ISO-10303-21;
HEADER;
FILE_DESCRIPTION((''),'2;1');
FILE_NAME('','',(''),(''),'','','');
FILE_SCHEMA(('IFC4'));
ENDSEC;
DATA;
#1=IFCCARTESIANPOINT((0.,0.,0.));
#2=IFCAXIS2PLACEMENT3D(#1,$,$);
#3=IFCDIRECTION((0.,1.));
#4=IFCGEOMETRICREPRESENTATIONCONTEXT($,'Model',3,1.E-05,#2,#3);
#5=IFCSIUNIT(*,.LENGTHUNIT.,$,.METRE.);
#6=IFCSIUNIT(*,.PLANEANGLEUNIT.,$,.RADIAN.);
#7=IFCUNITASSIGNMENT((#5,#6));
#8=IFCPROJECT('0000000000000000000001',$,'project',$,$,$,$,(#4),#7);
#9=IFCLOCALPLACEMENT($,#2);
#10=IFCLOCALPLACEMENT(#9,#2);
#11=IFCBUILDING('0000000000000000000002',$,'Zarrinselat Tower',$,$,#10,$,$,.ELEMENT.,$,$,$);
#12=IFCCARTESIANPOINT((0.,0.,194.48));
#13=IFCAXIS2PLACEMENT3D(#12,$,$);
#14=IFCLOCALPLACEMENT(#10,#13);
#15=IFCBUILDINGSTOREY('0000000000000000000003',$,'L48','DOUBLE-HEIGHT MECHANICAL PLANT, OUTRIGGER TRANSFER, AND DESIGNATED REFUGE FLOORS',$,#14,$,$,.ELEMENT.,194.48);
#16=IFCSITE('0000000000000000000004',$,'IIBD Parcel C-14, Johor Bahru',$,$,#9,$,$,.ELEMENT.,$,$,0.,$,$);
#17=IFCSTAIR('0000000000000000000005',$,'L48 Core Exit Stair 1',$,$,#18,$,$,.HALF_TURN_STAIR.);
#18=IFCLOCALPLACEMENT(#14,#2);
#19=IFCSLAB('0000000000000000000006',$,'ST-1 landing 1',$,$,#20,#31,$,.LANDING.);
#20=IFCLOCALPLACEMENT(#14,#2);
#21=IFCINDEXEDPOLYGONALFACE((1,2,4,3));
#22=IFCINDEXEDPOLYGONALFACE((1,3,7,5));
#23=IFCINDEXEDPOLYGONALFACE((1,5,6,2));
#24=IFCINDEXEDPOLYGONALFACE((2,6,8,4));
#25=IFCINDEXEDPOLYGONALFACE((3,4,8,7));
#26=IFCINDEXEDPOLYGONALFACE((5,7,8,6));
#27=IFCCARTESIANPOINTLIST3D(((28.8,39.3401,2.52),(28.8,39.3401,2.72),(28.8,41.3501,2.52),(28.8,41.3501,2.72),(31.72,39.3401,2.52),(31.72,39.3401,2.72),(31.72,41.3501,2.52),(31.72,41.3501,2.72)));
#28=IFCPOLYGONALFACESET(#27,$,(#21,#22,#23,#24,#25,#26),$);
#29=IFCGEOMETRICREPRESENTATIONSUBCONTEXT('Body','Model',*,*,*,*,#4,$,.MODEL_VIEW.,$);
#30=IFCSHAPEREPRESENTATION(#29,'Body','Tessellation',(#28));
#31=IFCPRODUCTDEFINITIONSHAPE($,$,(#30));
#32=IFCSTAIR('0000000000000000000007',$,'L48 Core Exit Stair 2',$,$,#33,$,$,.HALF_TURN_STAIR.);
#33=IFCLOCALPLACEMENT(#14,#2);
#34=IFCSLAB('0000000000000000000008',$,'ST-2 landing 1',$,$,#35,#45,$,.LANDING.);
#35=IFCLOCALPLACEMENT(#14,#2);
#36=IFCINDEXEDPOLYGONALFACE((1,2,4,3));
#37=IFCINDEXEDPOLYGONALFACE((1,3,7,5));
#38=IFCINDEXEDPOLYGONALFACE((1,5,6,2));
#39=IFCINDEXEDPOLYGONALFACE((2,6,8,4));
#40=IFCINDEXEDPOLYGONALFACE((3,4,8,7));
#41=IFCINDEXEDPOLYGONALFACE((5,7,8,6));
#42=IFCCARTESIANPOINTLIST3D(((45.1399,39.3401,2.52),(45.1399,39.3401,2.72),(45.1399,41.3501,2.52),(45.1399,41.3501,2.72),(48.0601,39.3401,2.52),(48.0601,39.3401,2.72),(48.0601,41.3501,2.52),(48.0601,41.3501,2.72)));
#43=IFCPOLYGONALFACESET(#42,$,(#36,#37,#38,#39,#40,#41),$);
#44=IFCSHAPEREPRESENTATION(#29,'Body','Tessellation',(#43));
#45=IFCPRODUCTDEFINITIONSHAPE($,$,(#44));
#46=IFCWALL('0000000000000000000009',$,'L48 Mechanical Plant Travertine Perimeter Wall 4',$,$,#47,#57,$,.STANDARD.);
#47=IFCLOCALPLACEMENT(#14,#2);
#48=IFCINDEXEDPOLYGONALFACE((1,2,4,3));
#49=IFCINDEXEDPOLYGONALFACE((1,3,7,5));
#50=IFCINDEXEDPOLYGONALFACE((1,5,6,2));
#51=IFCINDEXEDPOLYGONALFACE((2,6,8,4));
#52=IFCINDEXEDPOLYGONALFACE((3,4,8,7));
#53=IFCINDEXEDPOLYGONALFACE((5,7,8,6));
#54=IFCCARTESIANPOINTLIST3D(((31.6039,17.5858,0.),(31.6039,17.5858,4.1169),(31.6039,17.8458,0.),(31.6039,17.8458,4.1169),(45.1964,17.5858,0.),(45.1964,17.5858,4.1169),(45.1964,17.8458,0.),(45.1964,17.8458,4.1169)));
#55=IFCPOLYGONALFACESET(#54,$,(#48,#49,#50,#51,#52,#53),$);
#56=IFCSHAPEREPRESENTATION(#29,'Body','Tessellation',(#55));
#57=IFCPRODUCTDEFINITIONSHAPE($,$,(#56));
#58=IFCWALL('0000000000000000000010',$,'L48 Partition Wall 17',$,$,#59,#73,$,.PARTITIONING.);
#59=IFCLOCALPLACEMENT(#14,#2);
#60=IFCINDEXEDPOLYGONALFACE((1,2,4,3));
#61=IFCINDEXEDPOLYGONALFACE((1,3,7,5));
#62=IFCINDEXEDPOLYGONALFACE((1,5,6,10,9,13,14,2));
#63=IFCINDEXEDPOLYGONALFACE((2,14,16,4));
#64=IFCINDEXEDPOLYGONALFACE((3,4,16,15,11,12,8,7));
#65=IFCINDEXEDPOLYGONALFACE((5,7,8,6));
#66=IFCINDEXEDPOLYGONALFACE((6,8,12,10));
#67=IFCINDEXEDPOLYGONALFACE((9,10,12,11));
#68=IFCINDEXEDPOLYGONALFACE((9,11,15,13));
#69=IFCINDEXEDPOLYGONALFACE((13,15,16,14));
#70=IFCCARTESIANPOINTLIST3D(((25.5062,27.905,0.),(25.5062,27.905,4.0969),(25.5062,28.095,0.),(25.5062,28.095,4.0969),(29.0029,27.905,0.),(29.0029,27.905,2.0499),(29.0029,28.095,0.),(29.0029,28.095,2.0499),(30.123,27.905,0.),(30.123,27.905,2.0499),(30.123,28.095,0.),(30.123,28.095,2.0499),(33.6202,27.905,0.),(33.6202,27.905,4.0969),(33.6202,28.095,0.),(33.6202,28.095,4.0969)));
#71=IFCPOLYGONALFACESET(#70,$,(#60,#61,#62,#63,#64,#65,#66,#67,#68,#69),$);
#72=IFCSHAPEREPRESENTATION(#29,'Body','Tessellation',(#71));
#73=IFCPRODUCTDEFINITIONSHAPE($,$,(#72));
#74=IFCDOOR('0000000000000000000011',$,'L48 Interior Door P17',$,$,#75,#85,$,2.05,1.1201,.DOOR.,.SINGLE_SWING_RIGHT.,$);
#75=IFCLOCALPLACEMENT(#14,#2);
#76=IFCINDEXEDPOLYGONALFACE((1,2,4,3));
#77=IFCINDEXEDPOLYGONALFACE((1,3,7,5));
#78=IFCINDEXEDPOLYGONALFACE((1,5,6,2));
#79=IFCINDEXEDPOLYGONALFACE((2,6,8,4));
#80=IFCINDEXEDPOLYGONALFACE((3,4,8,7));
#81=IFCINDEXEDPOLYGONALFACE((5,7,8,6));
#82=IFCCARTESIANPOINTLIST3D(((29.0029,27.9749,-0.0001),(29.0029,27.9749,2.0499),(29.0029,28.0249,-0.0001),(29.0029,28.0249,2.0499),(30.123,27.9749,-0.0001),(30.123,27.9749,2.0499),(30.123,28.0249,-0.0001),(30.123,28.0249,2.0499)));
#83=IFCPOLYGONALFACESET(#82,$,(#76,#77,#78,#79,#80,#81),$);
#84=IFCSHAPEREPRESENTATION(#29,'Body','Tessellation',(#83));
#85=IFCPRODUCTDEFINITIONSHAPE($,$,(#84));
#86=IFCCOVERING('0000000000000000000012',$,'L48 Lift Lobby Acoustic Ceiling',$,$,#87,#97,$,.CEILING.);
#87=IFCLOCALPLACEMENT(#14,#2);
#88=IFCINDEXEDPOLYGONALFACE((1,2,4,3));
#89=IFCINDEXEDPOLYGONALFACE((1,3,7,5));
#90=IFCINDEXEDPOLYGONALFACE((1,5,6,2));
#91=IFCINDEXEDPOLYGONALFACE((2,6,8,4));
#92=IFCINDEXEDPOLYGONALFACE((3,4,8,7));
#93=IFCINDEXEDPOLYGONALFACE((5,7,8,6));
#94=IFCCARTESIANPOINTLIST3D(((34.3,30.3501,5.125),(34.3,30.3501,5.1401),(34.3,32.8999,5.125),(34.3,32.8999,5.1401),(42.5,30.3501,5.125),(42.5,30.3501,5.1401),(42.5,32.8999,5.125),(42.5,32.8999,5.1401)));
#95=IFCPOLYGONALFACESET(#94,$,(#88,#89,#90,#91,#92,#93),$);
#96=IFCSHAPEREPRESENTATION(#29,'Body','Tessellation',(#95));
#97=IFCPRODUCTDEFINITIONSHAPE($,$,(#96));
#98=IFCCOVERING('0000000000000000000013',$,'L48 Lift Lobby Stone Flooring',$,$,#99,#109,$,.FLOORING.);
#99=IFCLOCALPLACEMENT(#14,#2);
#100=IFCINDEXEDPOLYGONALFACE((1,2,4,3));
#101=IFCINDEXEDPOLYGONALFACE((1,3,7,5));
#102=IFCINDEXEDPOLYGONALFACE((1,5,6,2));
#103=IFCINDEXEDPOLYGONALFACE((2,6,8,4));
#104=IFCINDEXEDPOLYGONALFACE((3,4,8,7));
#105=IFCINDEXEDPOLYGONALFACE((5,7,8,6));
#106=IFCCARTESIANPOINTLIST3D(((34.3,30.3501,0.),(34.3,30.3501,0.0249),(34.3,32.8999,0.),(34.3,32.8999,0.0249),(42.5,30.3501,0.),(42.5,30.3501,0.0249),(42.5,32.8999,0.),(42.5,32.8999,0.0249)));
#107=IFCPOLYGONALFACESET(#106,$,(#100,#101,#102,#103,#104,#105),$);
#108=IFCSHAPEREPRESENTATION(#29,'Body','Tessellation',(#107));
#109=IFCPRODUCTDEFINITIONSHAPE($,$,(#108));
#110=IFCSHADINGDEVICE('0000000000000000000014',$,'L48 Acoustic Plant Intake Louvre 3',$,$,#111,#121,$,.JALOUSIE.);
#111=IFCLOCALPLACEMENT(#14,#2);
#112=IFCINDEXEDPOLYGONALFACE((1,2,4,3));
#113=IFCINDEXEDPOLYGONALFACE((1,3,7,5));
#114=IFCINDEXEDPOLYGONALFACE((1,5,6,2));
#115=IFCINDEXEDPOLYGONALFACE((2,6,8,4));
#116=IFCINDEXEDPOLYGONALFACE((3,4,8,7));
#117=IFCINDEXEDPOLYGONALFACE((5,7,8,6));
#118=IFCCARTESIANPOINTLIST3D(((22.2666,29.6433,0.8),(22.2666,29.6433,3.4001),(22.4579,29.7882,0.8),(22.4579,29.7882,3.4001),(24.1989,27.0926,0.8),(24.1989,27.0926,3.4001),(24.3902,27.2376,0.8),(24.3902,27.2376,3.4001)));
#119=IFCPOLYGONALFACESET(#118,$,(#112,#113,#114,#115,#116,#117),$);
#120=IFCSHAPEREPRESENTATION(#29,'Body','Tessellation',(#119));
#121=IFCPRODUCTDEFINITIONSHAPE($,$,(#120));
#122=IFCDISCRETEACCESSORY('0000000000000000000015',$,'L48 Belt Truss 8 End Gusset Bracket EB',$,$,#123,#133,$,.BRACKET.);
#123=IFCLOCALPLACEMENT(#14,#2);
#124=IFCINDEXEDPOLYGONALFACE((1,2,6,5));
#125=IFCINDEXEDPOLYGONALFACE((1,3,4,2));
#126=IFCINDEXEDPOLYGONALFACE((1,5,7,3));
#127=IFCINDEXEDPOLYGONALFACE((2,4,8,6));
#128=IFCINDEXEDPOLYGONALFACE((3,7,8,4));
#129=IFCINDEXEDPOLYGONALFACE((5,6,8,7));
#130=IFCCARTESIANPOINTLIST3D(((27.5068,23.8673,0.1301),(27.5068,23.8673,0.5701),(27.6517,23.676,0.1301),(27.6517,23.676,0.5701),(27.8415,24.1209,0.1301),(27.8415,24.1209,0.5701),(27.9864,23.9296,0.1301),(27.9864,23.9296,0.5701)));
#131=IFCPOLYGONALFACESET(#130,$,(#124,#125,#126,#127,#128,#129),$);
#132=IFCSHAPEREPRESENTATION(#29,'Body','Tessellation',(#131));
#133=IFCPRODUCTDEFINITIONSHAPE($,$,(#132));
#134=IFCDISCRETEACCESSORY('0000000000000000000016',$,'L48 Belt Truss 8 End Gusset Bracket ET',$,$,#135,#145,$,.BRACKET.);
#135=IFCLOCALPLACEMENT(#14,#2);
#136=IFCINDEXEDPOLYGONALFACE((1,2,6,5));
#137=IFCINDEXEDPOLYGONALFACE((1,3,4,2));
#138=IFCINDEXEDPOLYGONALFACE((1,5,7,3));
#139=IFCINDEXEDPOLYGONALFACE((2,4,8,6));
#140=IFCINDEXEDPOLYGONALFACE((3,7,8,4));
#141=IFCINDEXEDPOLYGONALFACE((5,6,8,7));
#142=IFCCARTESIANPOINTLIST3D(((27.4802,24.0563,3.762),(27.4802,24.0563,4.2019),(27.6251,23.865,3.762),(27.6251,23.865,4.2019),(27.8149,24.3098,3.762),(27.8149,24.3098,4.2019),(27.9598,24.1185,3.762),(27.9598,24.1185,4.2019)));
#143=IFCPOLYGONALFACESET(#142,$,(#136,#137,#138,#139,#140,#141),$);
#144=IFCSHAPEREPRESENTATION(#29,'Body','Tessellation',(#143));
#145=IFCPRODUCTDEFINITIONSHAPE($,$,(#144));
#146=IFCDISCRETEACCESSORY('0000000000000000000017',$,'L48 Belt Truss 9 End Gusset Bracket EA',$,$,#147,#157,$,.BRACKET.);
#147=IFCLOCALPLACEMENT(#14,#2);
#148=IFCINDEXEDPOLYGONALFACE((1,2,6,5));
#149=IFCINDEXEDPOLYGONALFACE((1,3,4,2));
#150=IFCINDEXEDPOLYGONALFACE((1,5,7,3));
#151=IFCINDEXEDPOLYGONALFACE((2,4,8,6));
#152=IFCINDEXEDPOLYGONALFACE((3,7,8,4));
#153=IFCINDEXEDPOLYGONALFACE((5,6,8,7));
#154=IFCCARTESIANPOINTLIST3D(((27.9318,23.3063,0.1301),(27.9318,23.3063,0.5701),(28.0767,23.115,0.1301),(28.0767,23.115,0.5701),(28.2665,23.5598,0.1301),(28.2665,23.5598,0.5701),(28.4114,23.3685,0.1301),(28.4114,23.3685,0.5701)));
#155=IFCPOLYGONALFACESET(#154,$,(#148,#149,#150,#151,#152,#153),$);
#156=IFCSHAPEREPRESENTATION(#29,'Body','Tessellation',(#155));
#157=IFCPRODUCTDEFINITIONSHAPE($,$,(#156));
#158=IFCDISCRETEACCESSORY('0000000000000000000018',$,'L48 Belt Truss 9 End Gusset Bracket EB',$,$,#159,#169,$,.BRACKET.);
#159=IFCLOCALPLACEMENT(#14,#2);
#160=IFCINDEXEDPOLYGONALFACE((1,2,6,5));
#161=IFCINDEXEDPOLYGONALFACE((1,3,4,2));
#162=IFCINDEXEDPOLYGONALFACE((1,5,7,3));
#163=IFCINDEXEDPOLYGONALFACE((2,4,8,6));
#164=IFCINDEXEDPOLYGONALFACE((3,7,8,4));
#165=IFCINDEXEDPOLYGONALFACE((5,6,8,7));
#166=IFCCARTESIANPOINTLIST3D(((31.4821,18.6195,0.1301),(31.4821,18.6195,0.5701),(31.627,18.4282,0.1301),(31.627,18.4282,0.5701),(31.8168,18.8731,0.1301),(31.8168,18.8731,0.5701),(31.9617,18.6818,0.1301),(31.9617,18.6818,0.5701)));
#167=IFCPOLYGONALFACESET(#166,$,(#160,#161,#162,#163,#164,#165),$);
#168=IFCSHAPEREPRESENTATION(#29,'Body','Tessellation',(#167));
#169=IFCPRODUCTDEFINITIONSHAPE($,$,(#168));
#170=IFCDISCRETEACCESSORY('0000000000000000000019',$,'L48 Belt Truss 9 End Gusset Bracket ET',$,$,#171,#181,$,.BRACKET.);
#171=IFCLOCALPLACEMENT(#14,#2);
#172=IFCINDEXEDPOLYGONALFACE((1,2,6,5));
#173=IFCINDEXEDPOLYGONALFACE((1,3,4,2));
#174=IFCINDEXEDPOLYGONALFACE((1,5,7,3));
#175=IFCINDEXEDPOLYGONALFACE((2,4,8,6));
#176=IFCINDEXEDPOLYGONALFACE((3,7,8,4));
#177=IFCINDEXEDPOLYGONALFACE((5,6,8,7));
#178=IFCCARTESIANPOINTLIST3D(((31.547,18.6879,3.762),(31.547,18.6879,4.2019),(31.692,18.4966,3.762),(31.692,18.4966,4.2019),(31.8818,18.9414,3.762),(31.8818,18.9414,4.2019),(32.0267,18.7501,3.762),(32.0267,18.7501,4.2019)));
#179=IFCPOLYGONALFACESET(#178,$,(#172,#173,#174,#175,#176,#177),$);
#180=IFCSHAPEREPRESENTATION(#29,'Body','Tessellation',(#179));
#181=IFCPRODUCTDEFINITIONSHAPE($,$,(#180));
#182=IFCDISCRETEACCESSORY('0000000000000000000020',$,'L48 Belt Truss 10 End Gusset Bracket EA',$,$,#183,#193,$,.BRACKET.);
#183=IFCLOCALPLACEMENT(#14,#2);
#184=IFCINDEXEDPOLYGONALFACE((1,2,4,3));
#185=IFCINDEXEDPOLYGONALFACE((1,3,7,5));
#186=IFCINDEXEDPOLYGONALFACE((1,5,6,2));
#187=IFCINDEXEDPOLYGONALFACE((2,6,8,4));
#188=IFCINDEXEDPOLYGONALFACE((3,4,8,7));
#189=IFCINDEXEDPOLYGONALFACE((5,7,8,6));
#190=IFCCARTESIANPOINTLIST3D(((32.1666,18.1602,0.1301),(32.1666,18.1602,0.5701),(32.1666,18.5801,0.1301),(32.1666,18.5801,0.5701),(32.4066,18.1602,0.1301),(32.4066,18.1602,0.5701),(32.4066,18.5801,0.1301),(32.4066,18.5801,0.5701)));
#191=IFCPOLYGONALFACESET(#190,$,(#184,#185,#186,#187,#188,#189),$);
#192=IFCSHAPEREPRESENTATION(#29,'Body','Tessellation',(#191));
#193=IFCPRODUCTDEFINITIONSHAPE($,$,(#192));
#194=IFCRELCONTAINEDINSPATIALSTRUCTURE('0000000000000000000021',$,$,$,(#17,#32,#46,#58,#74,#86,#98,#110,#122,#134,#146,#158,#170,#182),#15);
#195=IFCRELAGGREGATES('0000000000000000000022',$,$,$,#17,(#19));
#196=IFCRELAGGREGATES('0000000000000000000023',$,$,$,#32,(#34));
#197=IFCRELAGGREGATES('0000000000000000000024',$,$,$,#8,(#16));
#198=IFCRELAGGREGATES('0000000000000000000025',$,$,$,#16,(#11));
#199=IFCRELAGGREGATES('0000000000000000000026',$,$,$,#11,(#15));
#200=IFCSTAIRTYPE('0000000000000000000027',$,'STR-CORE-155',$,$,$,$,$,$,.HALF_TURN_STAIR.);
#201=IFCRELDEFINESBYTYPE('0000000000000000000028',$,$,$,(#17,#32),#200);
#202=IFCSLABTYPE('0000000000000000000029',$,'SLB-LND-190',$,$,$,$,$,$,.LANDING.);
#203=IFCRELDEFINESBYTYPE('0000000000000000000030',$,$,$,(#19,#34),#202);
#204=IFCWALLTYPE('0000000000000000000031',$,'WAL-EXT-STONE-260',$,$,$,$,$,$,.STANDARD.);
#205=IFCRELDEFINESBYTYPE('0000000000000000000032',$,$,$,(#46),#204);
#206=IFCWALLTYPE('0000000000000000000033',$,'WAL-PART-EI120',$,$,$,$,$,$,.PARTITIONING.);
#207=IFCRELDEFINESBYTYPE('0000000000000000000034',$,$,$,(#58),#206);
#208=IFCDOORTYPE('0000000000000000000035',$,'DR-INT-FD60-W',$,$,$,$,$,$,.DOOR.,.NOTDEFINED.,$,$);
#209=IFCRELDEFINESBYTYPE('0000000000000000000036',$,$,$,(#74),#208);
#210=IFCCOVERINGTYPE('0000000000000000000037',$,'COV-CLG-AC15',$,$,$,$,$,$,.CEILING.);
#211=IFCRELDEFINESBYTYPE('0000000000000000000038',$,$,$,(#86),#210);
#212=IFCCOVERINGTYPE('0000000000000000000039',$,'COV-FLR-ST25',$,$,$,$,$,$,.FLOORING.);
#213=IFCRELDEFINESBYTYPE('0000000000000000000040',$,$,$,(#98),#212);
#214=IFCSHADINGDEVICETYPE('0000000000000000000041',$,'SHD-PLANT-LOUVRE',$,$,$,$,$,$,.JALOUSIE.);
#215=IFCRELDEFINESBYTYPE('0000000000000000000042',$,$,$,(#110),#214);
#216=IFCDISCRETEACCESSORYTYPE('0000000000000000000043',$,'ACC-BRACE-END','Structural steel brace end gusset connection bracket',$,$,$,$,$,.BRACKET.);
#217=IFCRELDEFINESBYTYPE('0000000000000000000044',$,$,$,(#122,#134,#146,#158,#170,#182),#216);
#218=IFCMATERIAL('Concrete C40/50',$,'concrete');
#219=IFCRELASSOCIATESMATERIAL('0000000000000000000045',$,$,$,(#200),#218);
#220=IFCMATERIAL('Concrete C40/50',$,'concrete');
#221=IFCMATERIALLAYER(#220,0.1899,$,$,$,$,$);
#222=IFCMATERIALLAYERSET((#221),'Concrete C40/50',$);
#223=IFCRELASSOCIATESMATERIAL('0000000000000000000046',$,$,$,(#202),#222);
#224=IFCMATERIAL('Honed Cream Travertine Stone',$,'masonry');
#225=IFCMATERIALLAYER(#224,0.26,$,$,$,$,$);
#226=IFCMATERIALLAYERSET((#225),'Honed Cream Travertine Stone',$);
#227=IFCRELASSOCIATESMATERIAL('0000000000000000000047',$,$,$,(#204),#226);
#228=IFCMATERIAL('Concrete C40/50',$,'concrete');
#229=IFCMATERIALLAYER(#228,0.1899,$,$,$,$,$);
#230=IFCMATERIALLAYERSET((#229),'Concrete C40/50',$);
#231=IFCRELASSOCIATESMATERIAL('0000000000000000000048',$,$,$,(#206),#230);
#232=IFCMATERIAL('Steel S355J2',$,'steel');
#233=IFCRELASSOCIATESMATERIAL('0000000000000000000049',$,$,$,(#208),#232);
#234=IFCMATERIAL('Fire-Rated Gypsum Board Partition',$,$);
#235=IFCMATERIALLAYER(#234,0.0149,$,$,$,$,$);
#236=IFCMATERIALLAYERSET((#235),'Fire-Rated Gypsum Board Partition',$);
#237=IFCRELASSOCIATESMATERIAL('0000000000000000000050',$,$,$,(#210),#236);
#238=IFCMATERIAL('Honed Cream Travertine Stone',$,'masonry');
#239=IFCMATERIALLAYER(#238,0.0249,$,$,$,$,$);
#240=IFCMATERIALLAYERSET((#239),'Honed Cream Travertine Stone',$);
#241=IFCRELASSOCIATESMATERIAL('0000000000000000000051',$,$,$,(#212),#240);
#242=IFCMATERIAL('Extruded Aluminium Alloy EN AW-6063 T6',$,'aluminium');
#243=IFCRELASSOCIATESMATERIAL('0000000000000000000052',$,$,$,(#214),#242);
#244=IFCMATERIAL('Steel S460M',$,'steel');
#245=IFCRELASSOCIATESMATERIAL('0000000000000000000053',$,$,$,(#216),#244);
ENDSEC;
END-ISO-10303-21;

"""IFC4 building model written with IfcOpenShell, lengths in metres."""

from ifc_helpers import new_model, si_unit, direction, frame, frame_2d, origin, origin_2d, place, context, subcontext, project, spatial, polyline, rectangle, outline, extrude, material, layer, layer_set, type_object, element, fill, aggregate, save


model = new_model("IFC4")

# Units and contexts
model_context = context("Model", 3, precision=1e-05, world=origin(), true_north=direction((0.0, 1.0)))
body_context = subcontext(model_context, "Body", "Model", "MODEL_VIEW")
ifc_project = project(units=[si_unit("LENGTHUNIT", "METRE"), si_unit("PLANEANGLEUNIT", "RADIAN")], contexts=[model_context])

# Site, building, storey
site_placement = place(None, origin())
site = spatial("IfcSite", under=ifc_project, at=site_placement, Name="IIBD Parcel C-14, Johor Bahru", CompositionType="ELEMENT", RefElevation=0.0)
building_placement = place(site_placement, origin())
building = spatial("IfcBuilding", under=site, at=building_placement, Name="Zarrinselat Tower", CompositionType="ELEMENT")
storey_placement = place(building_placement, frame((0.0, 0.0, 194.48)))
storey = spatial("IfcBuildingStorey", under=building, at=storey_placement, Name="L48", Description="DOUBLE-HEIGHT MECHANICAL PLANT, OUTRIGGER TRANSFER, AND DESIGNATED REFUGE FLOORS", CompositionType="ELEMENT", Elevation=194.48)

# Stairs, slabs
ifc_material_1 = material(Name="Concrete C40/50", Category="concrete")
stair_type = type_object("IfcStairType", Name="STR-CORE-155", PredefinedType="HALF_TURN_STAIR", material=ifc_material_1)
stair_1_placement = place(storey_placement, origin())
stair_1 = element("IfcStair", 1, at=stair_1_placement, inside=storey, type_object=stair_type, Name="L48 Core Exit Stair 1", PredefinedType="HALF_TURN_STAIR")
ifc_material_2 = material(Name="Concrete C40/50", Category="concrete")
ifc_layer_1 = layer(ifc_material_2, 0.1899)
ifc_layer_set_1 = layer_set([ifc_layer_1], Name="Concrete C40/50")
slab_type_1 = type_object("IfcSlabType", Name="SLB-LND-190", PredefinedType="LANDING", material=ifc_layer_set_1)
slab_1_placement = place(storey_placement, frame((0.0, 0.0, 2.52)))
slab_1 = element("IfcSlab", 2, at=slab_1_placement, type_object=slab_type_1, Name="ST-1 landing 1", PredefinedType="LANDING", context=body_context, shape_type="SweptSolid", body=[
    extrude(outline(polyline([(31.72, 39.3401), (31.72, 41.3501), (28.8, 41.3501), (28.8, 39.3401), (31.72, 39.3401)])), origin(), (0.0, 0.0, 1.0), 0.2),
])
aggregate(stair_1, [slab_1])
stair_2_placement = place(storey_placement, origin())
stair_2 = element("IfcStair", 3, at=stair_2_placement, inside=storey, type_object=stair_type, Name="L48 Core Exit Stair 2", PredefinedType="HALF_TURN_STAIR")
slab_2_placement = place(storey_placement, frame((0.0, 0.0, 2.52)))
slab_2 = element("IfcSlab", 4, at=slab_2_placement, type_object=slab_type_1, Name="ST-2 landing 1", PredefinedType="LANDING", context=body_context, shape_type="SweptSolid", body=[
    extrude(outline(polyline([(48.0601, 39.3401), (48.0601, 41.3501), (45.1399, 41.3501), (45.1399, 39.3401), (48.0601, 39.3401)])), origin(), (0.0, 0.0, 1.0), 0.2),
])
aggregate(stair_2, [slab_2])

# Wall
ifc_material_3 = material(Name="Honed Cream Travertine Stone", Category="masonry")
ifc_layer_2 = layer(ifc_material_3, 0.26)
ifc_layer_set_2 = layer_set([ifc_layer_2], Name="Honed Cream Travertine Stone")
wall_type_1 = type_object("IfcWallType", Name="WAL-EXT-STONE-260", PredefinedType="STANDARD", material=ifc_layer_set_2)
wall_1_placement = place(storey_placement, frame((31.6038, 17.7158, 0.0), z_axis=(0.0, 0.0, 1.0), x_axis=(1.0, 0.0, 0.0)))
element("IfcWall", 5, at=wall_1_placement, inside=storey, type_object=wall_type_1, Name="L48 Mechanical Plant Travertine Perimeter Wall 4", PredefinedType="STANDARD", context=body_context, shape_type="SweptSolid", body=[
    extrude(rectangle(XDim=13.5925, YDim=0.26, at=frame_2d((6.7964, 0.0))), origin(), (0.0, 0.0, 1.0), 4.1169),
])

# Wall, opening, door
ifc_material_4 = material(Name="Concrete C40/50", Category="concrete")
ifc_layer_3 = layer(ifc_material_4, 0.1899)
ifc_layer_set_3 = layer_set([ifc_layer_3], Name="Concrete C40/50")
wall_type_2 = type_object("IfcWallType", Name="WAL-PART-EI120", PredefinedType="PARTITIONING", material=ifc_layer_set_3)
wall_2_placement = place(storey_placement, frame((25.5061, 28.0, 0.0), z_axis=(0.0, 0.0, 1.0), x_axis=(1.0, 0.0, 0.0)))
wall_2 = element("IfcWall", 6, at=wall_2_placement, inside=storey, type_object=wall_type_2, Name="L48 Partition Wall 17", PredefinedType="PARTITIONING", context=body_context, shape_type="SweptSolid", body=[
    extrude(rectangle(XDim=8.114, YDim=0.1899, at=frame_2d((4.0571, 0.0))), origin(), (0.0, 0.0, 1.0), 4.0969),
])
opening_placement = place(wall_2_placement, frame((3.4968, 0.0, 0.0)))
opening = element("IfcOpeningElement", 7, at=opening_placement, cuts=wall_2, PredefinedType="OPENING", context=body_context, shape_type="SweptSolid", body=[
    extrude(rectangle(XDim=1.1201, YDim=2.05, at=frame_2d((0.5601, 1.0249))), frame((0.0, 0.105, 0.0), z_axis=(0.0, -1.0, 0.0), x_axis=(1.0, 0.0, 0.0)), (0.0, 0.0, 1.0), 0.21),
])
ifc_material_5 = material(Name="Steel S355J2", Category="steel")
door_type = type_object("IfcDoorType", Name="DR-INT-FD60-W", OperationType="NOTDEFINED", PredefinedType="DOOR", material=ifc_material_5)
door_placement = place(opening_placement, origin())
door = element("IfcDoor", 8, at=door_placement, inside=storey, type_object=door_type, Name="L48 Interior Door P17", OperationType="SINGLE_SWING_RIGHT", OverallHeight=2.05, OverallWidth=1.1201, PredefinedType="DOOR", context=body_context, shape_type="SweptSolid", body=[
    extrude(rectangle(XDim=1.1201, YDim=2.05, at=frame_2d((0.5601, 1.0249))), frame((0.0, 0.0249, 0.0), z_axis=(0.0, -1.0, 0.0), x_axis=(1.0, 0.0, 0.0)), (0.0, 0.0, 1.0), 0.05),
])
fill(opening, door)

# Coverings
ifc_material_6 = material(Name="Fire-Rated Gypsum Board Partition")
ifc_layer_4 = layer(ifc_material_6, 0.0149)
ifc_layer_set_4 = layer_set([ifc_layer_4], Name="Fire-Rated Gypsum Board Partition")
covering_type_1 = type_object("IfcCoveringType", Name="COV-CLG-AC15", PredefinedType="CEILING", material=ifc_layer_set_4)
covering_1_placement = place(storey_placement, frame((0.0, 0.0, 5.125)))
element("IfcCovering", 9, at=covering_1_placement, inside=storey, type_object=covering_type_1, Name="L48 Lift Lobby Acoustic Ceiling", PredefinedType="CEILING", context=body_context, shape_type="SweptSolid", body=[
    extrude(outline(polyline([(34.3, 30.3501), (42.5, 30.3501), (42.5, 32.8999), (34.3, 32.8999), (34.3, 30.3501)])), origin(), (0.0, 0.0, 1.0), 0.0151),
])
ifc_material_7 = material(Name="Honed Cream Travertine Stone", Category="masonry")
ifc_layer_5 = layer(ifc_material_7, 0.0249)
ifc_layer_set_5 = layer_set([ifc_layer_5], Name="Honed Cream Travertine Stone")
covering_type_2 = type_object("IfcCoveringType", Name="COV-FLR-ST25", PredefinedType="FLOORING", material=ifc_layer_set_5)
covering_2_placement = place(storey_placement, origin())
element("IfcCovering", 10, at=covering_2_placement, inside=storey, type_object=covering_type_2, Name="L48 Lift Lobby Stone Flooring", PredefinedType="FLOORING", context=body_context, shape_type="SweptSolid", body=[
    extrude(outline(polyline([(34.3, 30.3501), (42.5, 30.3501), (42.5, 32.8999), (34.3, 32.8999), (34.3, 30.3501)])), origin(), (0.0, 0.0, 1.0), 0.0249),
])

# Shading device
ifc_material_8 = material(Name="Extruded Aluminium Alloy EN AW-6063 T6", Category="aluminium")
shading_device_type = type_object("IfcShadingDeviceType", Name="SHD-PLANT-LOUVRE", PredefinedType="JALOUSIE", material=ifc_material_8)
shading_device_placement = place(storey_placement, frame((23.3284, 28.4404, 0.8), z_axis=(0.0, 0.0, 1.0), x_axis=(0.603858, -0.797092, 0.0)))
element("IfcShadingDevice", 11, at=shading_device_placement, inside=storey, type_object=shading_device_type, Name="L48 Acoustic Plant Intake Louvre 3", PredefinedType="JALOUSIE", context=body_context, shape_type="SweptSolid", body=[
    extrude(rectangle(XDim=3.2, YDim=0.24, at=origin_2d()), origin(), (0.0, 0.0, 1.0), 2.6001),
])

# Discrete accessories
ifc_material_9 = material(Name="Steel S460M", Category="steel")
discrete_accessory_type = type_object("IfcDiscreteAccessoryType", Name="ACC-BRACE-END", Description="Structural steel brace end gusset connection bracket", PredefinedType="BRACKET", material=ifc_material_9)
for number, where, z_axis, x_axis, name in (
    (12, (27.7466, 23.8984, 0.1301), (0.0, 0.0, 1.0), (0.603863, -0.797088, 0.0), "L48 Belt Truss 8 End Gusset Bracket EB"),
    (13, (27.72, 24.0874, 3.762), (0.0, 0.0, 1.0), (0.603863, -0.797088, 0.0), "L48 Belt Truss 8 End Gusset Bracket ET"),
    (14, (28.1716, 23.3374, 0.1301), (0.0, 0.0, 1.0), (0.603854, -0.797095, 0.0), "L48 Belt Truss 9 End Gusset Bracket EA"),
    (15, (31.7219, 18.6506, 0.1301), (0.0, 0.0, 1.0), (0.603854, -0.797095, 0.0), "L48 Belt Truss 9 End Gusset Bracket EB"),
    (16, (31.7869, 18.719, 3.762), (0.0, 0.0, 1.0), (0.603854, -0.797095, 0.0), "L48 Belt Truss 9 End Gusset Bracket ET"),
    (17, (32.2866, 18.3701, 0.1301), (0.0, 0.0, 1.0), (1.0, 0.0, 0.0), "L48 Belt Truss 10 End Gusset Bracket EA"),
):
    element("IfcDiscreteAccessory", number, at=place(storey_placement, frame(where, z_axis=z_axis, x_axis=x_axis)), inside=storey, type_object=discrete_accessory_type, Name=name, PredefinedType="BRACKET", context=body_context, shape_type="SweptSolid", body=[
        extrude(rectangle(XDim=0.24, YDim=0.4199, at=origin_2d()), origin(), (0.0, 0.0, 1.0), 0.4399),
    ])

save(model, "model.ifc")
